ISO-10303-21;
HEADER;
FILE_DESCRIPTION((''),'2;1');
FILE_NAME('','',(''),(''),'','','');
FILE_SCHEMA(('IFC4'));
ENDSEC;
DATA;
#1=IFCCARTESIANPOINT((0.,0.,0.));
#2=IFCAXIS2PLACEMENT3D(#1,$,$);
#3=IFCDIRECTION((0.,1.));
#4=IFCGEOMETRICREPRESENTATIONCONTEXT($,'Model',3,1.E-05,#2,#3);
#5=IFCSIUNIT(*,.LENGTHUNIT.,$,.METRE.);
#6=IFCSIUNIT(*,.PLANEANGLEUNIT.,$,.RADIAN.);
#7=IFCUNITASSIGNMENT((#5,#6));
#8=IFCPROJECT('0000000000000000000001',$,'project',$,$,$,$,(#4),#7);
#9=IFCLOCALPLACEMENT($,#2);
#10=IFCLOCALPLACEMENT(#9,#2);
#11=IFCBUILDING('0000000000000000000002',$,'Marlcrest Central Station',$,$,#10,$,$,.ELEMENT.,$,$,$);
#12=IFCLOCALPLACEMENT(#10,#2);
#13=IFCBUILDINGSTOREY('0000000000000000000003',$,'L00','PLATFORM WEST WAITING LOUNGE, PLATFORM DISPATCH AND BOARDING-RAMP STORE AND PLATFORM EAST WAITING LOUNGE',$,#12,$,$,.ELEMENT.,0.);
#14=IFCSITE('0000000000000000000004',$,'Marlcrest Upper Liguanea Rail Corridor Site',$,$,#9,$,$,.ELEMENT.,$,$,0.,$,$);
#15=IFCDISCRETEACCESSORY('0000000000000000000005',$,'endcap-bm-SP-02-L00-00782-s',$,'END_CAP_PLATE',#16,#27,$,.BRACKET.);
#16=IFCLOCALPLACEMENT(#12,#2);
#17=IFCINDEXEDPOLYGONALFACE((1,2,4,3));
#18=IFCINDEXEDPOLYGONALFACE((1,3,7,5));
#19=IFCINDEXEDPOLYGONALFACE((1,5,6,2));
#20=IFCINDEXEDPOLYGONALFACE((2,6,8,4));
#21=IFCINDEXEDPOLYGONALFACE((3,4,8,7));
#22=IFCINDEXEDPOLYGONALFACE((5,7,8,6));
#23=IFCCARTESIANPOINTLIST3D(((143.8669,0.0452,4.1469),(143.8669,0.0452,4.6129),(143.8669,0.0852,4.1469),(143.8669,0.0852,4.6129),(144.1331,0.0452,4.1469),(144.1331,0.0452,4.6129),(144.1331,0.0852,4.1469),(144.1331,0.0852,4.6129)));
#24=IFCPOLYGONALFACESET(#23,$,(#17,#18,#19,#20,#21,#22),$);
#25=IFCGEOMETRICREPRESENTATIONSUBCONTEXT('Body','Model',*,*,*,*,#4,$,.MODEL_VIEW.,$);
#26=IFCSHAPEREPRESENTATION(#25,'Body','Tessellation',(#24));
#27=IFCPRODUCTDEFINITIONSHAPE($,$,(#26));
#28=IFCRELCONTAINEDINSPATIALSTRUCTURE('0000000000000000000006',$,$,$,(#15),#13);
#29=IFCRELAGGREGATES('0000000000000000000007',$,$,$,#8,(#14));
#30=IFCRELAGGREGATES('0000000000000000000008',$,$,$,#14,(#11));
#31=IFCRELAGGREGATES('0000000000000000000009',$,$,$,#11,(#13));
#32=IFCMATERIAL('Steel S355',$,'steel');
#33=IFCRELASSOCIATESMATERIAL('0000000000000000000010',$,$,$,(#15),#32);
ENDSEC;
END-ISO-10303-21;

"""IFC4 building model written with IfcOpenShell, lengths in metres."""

from ifc_helpers import new_model, si_unit, direction, frame, origin, origin_2d, place, context, subcontext, project, spatial, rectangle, extrude, material, element, save


model = new_model("IFC4")

# Units and contexts
model_context = context("Model", 3, precision=1e-05, world=origin(), true_north=direction((0.0, 1.0)))
body_context = subcontext(model_context, "Body", "Model", "MODEL_VIEW")
ifc_project = project(units=[si_unit("LENGTHUNIT", "METRE"), si_unit("PLANEANGLEUNIT", "RADIAN")], contexts=[model_context])

# Site, building, storey
site_placement = place(None, origin())
site = spatial("IfcSite", under=ifc_project, at=site_placement, Name="Marlcrest Upper Liguanea Rail Corridor Site", CompositionType="ELEMENT", RefElevation=0.0)
building_placement = place(site_placement, origin())
building = spatial("IfcBuilding", under=site, at=building_placement, Name="Marlcrest Central Station", CompositionType="ELEMENT")
storey_placement = place(building_placement, origin())
storey = spatial("IfcBuildingStorey", under=building, at=storey_placement, Name="L00", Description="PLATFORM WEST WAITING LOUNGE, PLATFORM DISPATCH AND BOARDING-RAMP STORE AND PLATFORM EAST WAITING LOUNGE", CompositionType="ELEMENT", Elevation=0.0)

# Shared definitions
ifc_material_1 = material(Name="Steel S355", Category="steel")

# Discrete accessory
for number, where, z_axis, x_axis, name in (
    (1, (144.0, 0.0452, 4.3799), (0.0, 1.0, 0.0), (-1.0, 0.0, 0.0), "endcap-bm-SP-02-L00-00782-s"),
):
    element("IfcDiscreteAccessory", number, at=place(storey_placement, frame(where, z_axis=z_axis, x_axis=x_axis)), inside=storey, material=ifc_material_1, Name=name, ObjectType="END_CAP_PLATE", PredefinedType="BRACKET", context=body_context, shape_type="SweptSolid", body=[
        extrude(rectangle(XDim=0.2661, YDim=0.4661, at=origin_2d()), origin(), (0.0, 0.0, 1.0), 0.04),
    ])

save(model, "model.ifc")
